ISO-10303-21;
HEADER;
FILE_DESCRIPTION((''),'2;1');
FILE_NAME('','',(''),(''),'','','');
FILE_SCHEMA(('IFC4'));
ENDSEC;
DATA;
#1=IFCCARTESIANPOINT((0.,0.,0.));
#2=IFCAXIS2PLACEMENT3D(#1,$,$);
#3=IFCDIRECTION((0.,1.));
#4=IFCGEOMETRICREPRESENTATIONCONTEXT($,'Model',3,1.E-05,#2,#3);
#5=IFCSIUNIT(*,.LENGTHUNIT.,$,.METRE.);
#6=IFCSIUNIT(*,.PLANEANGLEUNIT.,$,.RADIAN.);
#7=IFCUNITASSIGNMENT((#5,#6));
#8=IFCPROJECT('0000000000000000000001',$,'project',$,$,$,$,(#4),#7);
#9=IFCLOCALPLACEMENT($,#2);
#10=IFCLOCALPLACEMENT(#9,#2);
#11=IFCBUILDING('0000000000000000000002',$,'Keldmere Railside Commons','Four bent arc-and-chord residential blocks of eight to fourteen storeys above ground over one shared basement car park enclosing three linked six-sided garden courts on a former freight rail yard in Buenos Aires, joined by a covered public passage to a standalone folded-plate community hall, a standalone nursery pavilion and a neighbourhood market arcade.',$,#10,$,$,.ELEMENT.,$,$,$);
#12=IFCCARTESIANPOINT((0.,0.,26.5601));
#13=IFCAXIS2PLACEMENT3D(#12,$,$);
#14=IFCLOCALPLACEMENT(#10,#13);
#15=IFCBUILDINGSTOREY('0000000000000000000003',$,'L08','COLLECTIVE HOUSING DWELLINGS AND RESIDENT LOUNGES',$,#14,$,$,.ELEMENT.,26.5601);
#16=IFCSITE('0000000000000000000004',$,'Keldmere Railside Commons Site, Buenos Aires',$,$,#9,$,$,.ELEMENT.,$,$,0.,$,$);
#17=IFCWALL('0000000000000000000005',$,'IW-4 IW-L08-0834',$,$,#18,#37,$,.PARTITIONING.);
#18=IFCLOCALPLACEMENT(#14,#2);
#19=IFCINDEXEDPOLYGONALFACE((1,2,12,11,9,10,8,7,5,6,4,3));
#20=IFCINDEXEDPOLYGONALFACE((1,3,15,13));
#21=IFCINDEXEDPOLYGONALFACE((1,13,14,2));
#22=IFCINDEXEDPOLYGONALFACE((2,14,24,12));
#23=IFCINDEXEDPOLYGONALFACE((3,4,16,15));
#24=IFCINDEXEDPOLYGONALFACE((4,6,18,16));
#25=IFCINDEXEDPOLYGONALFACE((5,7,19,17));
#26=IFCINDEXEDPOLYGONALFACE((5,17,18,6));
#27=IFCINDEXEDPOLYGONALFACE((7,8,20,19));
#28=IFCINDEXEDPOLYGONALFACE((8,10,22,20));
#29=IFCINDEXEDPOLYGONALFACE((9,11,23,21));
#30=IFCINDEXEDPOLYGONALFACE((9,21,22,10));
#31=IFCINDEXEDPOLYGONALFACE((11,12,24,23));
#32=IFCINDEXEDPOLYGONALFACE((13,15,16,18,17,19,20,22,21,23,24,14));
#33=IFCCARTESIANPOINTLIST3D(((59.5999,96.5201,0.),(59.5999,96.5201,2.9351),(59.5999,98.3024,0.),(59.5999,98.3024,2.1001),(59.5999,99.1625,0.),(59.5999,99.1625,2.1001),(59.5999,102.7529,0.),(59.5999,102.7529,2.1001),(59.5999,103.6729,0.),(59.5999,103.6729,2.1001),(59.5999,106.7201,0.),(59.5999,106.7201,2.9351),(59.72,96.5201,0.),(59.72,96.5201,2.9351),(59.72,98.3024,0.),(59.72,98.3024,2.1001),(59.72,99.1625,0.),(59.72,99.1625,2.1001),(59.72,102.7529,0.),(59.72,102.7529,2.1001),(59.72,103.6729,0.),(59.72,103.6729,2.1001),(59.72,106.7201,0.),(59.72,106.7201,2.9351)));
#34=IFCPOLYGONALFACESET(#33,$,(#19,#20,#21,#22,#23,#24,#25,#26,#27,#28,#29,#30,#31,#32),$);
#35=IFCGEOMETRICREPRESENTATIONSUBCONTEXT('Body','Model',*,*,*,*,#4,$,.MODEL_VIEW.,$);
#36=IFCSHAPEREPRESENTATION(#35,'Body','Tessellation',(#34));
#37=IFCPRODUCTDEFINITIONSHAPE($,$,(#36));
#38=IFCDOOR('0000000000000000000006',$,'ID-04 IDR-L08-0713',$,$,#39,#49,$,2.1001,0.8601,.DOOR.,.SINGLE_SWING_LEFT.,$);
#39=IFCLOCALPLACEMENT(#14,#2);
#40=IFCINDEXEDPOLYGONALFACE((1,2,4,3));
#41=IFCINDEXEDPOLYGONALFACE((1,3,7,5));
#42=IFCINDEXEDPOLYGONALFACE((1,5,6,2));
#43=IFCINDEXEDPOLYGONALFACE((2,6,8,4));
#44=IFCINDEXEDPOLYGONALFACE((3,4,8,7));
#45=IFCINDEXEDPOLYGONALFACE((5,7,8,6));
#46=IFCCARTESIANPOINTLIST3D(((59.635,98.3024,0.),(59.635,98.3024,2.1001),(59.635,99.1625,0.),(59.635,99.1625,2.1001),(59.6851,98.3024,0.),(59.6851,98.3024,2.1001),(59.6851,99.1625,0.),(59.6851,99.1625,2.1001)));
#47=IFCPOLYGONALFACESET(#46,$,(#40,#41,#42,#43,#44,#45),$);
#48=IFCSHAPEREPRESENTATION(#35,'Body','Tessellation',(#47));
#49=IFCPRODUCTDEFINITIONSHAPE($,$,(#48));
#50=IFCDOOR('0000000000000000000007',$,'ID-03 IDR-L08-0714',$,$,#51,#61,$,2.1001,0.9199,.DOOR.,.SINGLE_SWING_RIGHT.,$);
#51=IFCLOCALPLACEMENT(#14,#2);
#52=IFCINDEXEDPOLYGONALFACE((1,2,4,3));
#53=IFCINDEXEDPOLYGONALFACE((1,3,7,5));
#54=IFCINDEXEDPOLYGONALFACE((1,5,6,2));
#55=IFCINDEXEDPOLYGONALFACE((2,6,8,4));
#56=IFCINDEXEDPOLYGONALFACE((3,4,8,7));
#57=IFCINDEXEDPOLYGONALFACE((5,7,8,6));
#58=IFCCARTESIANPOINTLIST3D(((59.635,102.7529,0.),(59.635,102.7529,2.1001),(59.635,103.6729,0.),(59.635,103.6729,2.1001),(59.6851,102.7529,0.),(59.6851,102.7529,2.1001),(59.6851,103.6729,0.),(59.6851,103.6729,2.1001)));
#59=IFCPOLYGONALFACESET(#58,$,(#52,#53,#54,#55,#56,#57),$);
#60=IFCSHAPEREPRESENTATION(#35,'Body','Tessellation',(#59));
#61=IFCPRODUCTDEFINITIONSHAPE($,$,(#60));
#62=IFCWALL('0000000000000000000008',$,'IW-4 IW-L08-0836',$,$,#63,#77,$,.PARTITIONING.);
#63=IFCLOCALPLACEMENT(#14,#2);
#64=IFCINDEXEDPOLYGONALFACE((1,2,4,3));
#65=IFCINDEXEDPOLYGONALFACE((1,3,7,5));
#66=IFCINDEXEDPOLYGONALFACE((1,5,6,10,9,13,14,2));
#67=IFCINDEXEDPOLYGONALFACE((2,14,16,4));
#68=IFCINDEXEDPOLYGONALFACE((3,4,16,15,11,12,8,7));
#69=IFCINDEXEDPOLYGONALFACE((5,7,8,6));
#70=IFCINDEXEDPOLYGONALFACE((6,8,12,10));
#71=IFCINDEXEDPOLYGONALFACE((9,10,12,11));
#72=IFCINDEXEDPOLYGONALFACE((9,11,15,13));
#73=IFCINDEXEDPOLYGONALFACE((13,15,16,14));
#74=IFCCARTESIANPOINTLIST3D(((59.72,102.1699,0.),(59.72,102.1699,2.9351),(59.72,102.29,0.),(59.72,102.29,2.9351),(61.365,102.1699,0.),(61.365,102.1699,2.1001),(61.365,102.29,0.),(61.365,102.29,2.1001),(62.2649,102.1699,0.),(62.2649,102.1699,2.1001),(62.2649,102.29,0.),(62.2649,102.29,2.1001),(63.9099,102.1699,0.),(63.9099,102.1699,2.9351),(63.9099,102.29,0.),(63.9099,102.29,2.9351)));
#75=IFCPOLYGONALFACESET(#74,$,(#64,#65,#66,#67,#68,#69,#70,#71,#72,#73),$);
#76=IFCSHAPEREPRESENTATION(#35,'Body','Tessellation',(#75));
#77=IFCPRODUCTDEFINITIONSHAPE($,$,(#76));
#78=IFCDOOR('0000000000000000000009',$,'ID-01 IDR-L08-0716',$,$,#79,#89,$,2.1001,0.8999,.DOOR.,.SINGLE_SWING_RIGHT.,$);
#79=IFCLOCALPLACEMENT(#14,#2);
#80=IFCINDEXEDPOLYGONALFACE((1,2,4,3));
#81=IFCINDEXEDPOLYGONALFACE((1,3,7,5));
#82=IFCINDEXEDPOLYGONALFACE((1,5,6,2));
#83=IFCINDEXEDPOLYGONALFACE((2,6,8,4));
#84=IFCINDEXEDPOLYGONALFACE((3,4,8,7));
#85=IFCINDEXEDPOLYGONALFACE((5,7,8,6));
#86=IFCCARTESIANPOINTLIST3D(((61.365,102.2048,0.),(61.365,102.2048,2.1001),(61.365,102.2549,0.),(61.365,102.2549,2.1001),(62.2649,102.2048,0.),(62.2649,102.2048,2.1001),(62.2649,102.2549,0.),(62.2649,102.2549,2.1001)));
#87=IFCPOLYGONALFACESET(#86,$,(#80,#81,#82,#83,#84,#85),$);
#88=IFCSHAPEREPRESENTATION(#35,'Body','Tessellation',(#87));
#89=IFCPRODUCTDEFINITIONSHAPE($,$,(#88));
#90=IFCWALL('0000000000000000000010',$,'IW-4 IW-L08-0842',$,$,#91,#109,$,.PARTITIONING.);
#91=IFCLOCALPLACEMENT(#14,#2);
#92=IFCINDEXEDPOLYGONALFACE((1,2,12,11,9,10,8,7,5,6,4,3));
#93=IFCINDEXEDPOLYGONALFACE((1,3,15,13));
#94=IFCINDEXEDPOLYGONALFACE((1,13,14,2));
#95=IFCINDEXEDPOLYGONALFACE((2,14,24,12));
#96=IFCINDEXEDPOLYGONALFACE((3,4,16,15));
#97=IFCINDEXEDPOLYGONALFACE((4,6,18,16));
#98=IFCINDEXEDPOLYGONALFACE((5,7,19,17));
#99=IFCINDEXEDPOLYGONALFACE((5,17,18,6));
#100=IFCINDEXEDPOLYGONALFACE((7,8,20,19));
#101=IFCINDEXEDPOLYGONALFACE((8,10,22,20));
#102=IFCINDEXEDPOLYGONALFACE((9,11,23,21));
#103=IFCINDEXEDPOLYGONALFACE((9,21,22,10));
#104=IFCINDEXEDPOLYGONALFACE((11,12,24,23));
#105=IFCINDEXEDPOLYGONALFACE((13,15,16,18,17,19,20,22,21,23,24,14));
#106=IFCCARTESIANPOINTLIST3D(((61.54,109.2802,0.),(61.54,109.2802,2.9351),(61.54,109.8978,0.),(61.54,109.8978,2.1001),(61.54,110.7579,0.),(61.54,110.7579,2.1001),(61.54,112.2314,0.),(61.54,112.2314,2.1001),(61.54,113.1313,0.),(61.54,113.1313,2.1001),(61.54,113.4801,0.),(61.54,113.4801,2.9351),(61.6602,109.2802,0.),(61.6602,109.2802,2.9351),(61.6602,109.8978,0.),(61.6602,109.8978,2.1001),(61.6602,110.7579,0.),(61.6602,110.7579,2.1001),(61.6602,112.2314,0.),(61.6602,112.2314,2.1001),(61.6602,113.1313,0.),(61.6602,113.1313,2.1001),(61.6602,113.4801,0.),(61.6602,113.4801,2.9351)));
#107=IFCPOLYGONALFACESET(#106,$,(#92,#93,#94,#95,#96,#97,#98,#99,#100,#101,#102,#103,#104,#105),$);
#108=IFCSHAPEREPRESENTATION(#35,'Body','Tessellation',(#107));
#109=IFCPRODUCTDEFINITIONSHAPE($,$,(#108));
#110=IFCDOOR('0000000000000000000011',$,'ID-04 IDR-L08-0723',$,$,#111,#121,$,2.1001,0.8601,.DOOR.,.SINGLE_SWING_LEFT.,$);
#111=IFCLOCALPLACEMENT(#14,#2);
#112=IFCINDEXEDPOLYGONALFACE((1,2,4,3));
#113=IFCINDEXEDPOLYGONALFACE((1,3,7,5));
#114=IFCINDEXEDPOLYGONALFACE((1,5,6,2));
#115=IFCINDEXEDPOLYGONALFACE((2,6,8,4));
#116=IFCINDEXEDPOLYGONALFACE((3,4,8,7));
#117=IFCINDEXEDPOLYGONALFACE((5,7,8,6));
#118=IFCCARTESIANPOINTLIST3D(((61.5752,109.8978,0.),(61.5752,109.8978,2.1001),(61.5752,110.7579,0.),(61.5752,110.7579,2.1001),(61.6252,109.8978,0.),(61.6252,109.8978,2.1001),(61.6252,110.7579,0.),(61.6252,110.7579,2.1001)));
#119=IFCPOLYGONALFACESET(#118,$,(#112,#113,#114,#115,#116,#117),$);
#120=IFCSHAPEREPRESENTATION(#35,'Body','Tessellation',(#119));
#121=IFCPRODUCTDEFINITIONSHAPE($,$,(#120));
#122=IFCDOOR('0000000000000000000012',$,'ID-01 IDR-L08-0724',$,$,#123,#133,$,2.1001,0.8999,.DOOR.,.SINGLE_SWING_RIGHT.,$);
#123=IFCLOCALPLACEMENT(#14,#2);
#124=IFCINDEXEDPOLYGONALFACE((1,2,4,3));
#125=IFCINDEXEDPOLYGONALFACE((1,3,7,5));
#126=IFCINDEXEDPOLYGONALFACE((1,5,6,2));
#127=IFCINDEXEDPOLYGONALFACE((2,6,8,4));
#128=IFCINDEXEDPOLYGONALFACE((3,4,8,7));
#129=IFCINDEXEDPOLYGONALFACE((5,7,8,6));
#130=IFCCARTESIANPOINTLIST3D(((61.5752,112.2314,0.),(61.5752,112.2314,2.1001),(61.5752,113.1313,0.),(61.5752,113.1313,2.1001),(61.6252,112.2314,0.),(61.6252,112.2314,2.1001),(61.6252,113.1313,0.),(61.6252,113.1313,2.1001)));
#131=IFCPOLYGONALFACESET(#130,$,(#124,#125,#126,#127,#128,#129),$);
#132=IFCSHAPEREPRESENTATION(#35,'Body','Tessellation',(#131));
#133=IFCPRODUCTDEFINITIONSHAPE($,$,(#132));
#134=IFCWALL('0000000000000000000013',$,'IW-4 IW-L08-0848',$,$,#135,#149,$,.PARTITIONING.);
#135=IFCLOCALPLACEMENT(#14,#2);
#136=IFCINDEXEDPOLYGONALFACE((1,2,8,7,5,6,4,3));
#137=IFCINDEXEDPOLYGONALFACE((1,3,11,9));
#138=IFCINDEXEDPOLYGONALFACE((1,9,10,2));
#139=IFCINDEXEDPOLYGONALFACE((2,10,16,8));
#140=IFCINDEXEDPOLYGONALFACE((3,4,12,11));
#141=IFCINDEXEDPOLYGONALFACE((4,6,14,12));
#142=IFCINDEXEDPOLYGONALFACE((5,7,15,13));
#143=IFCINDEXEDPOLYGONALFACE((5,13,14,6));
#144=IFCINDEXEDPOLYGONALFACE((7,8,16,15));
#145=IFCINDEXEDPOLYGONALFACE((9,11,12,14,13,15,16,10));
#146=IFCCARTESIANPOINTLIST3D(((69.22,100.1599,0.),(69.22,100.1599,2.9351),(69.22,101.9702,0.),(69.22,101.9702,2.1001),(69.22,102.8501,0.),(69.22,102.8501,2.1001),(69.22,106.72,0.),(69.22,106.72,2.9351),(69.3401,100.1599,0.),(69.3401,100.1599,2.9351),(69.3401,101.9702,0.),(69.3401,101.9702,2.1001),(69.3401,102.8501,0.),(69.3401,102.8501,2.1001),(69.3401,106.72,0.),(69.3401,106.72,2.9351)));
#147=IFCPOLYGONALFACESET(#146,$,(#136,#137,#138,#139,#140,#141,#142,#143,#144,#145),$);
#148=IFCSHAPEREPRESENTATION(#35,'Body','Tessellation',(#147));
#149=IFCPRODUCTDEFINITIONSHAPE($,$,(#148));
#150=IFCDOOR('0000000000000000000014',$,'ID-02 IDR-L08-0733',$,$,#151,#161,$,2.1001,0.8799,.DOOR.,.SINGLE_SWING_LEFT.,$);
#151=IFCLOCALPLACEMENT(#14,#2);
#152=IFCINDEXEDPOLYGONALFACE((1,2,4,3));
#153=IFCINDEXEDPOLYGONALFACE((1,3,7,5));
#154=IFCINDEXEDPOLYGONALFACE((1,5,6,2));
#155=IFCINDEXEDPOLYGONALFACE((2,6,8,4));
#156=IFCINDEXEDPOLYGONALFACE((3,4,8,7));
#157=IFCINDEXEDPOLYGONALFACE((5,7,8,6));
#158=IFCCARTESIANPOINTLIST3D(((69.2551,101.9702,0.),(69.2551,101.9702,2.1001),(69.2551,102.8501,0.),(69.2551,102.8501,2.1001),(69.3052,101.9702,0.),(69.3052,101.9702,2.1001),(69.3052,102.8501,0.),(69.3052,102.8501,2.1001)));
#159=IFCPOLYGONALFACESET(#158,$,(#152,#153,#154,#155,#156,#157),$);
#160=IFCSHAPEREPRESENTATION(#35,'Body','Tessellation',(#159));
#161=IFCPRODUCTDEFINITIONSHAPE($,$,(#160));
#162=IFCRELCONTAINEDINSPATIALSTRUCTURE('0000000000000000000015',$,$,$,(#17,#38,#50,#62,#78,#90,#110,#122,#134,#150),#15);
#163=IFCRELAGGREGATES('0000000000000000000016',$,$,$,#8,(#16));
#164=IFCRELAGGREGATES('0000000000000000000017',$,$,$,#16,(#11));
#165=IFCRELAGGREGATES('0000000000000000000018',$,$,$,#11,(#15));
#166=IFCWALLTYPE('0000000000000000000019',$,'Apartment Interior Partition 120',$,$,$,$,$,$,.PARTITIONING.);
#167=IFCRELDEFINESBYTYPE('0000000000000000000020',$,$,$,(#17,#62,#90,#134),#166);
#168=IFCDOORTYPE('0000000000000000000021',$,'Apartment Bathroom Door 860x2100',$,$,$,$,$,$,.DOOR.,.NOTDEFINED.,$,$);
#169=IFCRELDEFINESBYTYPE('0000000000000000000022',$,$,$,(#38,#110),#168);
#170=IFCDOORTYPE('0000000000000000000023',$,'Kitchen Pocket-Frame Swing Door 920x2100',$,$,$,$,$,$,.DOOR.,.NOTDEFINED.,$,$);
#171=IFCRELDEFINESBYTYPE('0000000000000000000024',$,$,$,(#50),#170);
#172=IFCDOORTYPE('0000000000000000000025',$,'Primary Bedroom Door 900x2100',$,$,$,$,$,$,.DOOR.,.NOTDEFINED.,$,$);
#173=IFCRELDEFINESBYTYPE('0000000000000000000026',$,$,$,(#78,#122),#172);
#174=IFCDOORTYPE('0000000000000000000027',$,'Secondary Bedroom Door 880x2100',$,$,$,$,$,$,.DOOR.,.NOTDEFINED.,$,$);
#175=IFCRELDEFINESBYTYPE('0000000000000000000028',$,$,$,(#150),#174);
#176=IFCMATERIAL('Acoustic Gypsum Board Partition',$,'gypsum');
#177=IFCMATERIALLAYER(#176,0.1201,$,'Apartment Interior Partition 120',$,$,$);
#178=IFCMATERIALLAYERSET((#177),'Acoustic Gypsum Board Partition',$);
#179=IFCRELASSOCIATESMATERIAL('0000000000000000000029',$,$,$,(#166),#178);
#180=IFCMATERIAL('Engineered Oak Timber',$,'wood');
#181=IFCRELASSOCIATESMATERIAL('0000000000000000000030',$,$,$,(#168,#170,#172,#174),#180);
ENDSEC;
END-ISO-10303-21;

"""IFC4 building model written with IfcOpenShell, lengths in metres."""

from ifc_helpers import new_model, si_unit, direction, frame, frame_2d, origin, place, context, subcontext, project, spatial, rectangle, extrude, material, layer, layer_set, type_object, element, fill, save


model = new_model("IFC4")

# Units and contexts
model_context = context("Model", 3, precision=1e-05, world=origin(), true_north=direction((0.0, 1.0)))
body_context = subcontext(model_context, "Body", "Model", "MODEL_VIEW")
ifc_project = project(units=[si_unit("LENGTHUNIT", "METRE"), si_unit("PLANEANGLEUNIT", "RADIAN")], contexts=[model_context])

# Site, building, storey
site_placement = place(None, origin())
site = spatial("IfcSite", under=ifc_project, at=site_placement, Name="Keldmere Railside Commons Site, Buenos Aires", CompositionType="ELEMENT", RefElevation=0.0)
building_placement = place(site_placement, origin())
building = spatial("IfcBuilding", under=site, at=building_placement, Name="Keldmere Railside Commons", Description="Four bent arc-and-chord residential blocks of eight to fourteen storeys above ground over one shared basement car park enclosing three linked six-sided garden courts on a former freight rail yard in Buenos Aires, joined by a covered public passage to a standalone folded-plate community hall, a standalone nursery pavilion and a neighbourhood market arcade.", CompositionType="ELEMENT")
storey_placement = place(building_placement, frame((0.0, 0.0, 26.5601)))
storey = spatial("IfcBuildingStorey", under=building, at=storey_placement, Name="L08", Description="COLLECTIVE HOUSING DWELLINGS AND RESIDENT LOUNGES", CompositionType="ELEMENT", Elevation=26.5601)

# Shared definitions
ifc_material_1 = material(Name="Acoustic Gypsum Board Partition", Category="gypsum")

# Wall, openings, doors
ifc_layer_1 = layer(ifc_material_1, 0.1201, Name="Apartment Interior Partition 120")
ifc_layer_set_1 = layer_set([ifc_layer_1], Name="Acoustic Gypsum Board Partition")
wall_type_1 = type_object("IfcWallType", Name="Apartment Interior Partition 120", PredefinedType="PARTITIONING", material=ifc_layer_set_1)
wall_1_placement = place(storey_placement, frame((59.6599, 96.52, 0.0), z_axis=(0.0, 0.0, 1.0), x_axis=(0.0, 1.0, 0.0)))
wall_1 = element("IfcWall", 1, at=wall_1_placement, inside=storey, type_object=wall_type_1, Name="IW-4 IW-L08-0834", PredefinedType="PARTITIONING", context=body_context, shape_type="SweptSolid", body=[
    extrude(rectangle(XDim=10.2, YDim=0.1201, at=frame_2d((5.1001, 0.0))), origin(), (0.0, 0.0, 1.0), 2.9351),
])
opening_1_placement = place(wall_1_placement, frame((1.7822, 0.0, 0.0)))
opening_1 = element("IfcOpeningElement", 2, at=opening_1_placement, cuts=wall_1, PredefinedType="OPENING", context=body_context, shape_type="SweptSolid", body=[
    extrude(rectangle(XDim=0.8601, YDim=2.1001, at=frame_2d((0.4302, 1.05))), frame((0.0, 0.0701, 0.0), z_axis=(0.0, -1.0, 0.0), x_axis=(1.0, 0.0, 0.0)), (0.0, 0.0, 1.0), 0.1401),
])
opening_2_placement = place(wall_1_placement, frame((6.2329, 0.0, 0.0)))
opening_2 = element("IfcOpeningElement", 3, at=opening_2_placement, cuts=wall_1, PredefinedType="OPENING", context=body_context, shape_type="SweptSolid", body=[
    extrude(rectangle(XDim=0.9199, YDim=2.1001, at=frame_2d((0.46, 1.05))), frame((0.0, 0.0701, 0.0), z_axis=(0.0, -1.0, 0.0), x_axis=(1.0, 0.0, 0.0)), (0.0, 0.0, 1.0), 0.1401),
])
ifc_material_2 = material(Name="Engineered Oak Timber", Category="wood")
door_type_1 = type_object("IfcDoorType", Name="Apartment Bathroom Door 860x2100", OperationType="NOTDEFINED", PredefinedType="DOOR", material=ifc_material_2)
door_1_placement = place(opening_1_placement, origin())
door_1 = element("IfcDoor", 4, at=door_1_placement, inside=storey, type_object=door_type_1, Name="ID-04 IDR-L08-0713", OperationType="SINGLE_SWING_LEFT", OverallHeight=2.1001, OverallWidth=0.8601, PredefinedType="DOOR", context=body_context, shape_type="SweptSolid", body=[
    extrude(rectangle(XDim=0.8601, YDim=2.1001, at=frame_2d((0.4302, 1.05))), frame((0.0, 0.0249, 0.0), z_axis=(0.0, -1.0, 0.0), x_axis=(1.0, 0.0, 0.0)), (0.0, 0.0, 1.0), 0.05),
])
fill(opening_1, door_1)
door_type_2 = type_object("IfcDoorType", Name="Kitchen Pocket-Frame Swing Door 920x2100", OperationType="NOTDEFINED", PredefinedType="DOOR", material=ifc_material_2)
door_2_placement = place(opening_2_placement, origin())
door_2 = element("IfcDoor", 5, at=door_2_placement, inside=storey, type_object=door_type_2, Name="ID-03 IDR-L08-0714", OperationType="SINGLE_SWING_RIGHT", OverallHeight=2.1001, OverallWidth=0.9199, PredefinedType="DOOR", context=body_context, shape_type="SweptSolid", body=[
    extrude(rectangle(XDim=0.9199, YDim=2.1001, at=frame_2d((0.46, 1.05))), frame((0.0, 0.0249, 0.0), z_axis=(0.0, -1.0, 0.0), x_axis=(1.0, 0.0, 0.0)), (0.0, 0.0, 1.0), 0.05),
])
fill(opening_2, door_2)

# Wall, opening, door
wall_2_placement = place(storey_placement, frame((59.72, 102.23, 0.0), z_axis=(0.0, 0.0, 1.0), x_axis=(1.0, 0.0, 0.0)))
wall_2 = element("IfcWall", 6, at=wall_2_placement, inside=storey, type_object=wall_type_1, Name="IW-4 IW-L08-0836", PredefinedType="PARTITIONING", context=body_context, shape_type="SweptSolid", body=[
    extrude(rectangle(XDim=4.1899, YDim=0.1201, at=frame_2d((2.095, 0.0))), origin(), (0.0, 0.0, 1.0), 2.9351),
])
opening_3_placement = place(wall_2_placement, frame((1.645, 0.0, 0.0)))
opening_3 = element("IfcOpeningElement", 7, at=opening_3_placement, cuts=wall_2, PredefinedType="OPENING", context=body_context, shape_type="SweptSolid", body=[
    extrude(rectangle(XDim=0.8999, YDim=2.1001, at=frame_2d((0.45, 1.05))), frame((0.0, 0.0701, 0.0), z_axis=(0.0, -1.0, 0.0), x_axis=(1.0, 0.0, 0.0)), (0.0, 0.0, 1.0), 0.1401),
])
door_type_3 = type_object("IfcDoorType", Name="Primary Bedroom Door 900x2100", OperationType="NOTDEFINED", PredefinedType="DOOR", material=ifc_material_2)
door_3_placement = place(opening_3_placement, origin())
door_3 = element("IfcDoor", 8, at=door_3_placement, inside=storey, type_object=door_type_3, Name="ID-01 IDR-L08-0716", OperationType="SINGLE_SWING_RIGHT", OverallHeight=2.1001, OverallWidth=0.8999, PredefinedType="DOOR", context=body_context, shape_type="SweptSolid", body=[
    extrude(rectangle(XDim=0.8999, YDim=2.1001, at=frame_2d((0.45, 1.05))), frame((0.0, 0.0249, 0.0), z_axis=(0.0, -1.0, 0.0), x_axis=(1.0, 0.0, 0.0)), (0.0, 0.0, 1.0), 0.05),
])
fill(opening_3, door_3)

# Wall, openings, doors
wall_3_placement = place(storey_placement, frame((61.6001, 109.28, 0.0), z_axis=(0.0, 0.0, 1.0), x_axis=(0.0, 1.0, 0.0)))
wall_3 = element("IfcWall", 9, at=wall_3_placement, inside=storey, type_object=wall_type_1, Name="IW-4 IW-L08-0842", PredefinedType="PARTITIONING", context=body_context, shape_type="SweptSolid", body=[
    extrude(rectangle(XDim=4.2, YDim=0.1201, at=frame_2d((2.1001, 0.0))), origin(), (0.0, 0.0, 1.0), 2.9351),
])
opening_4_placement = place(wall_3_placement, frame((0.6177, 0.0, 0.0)))
opening_4 = element("IfcOpeningElement", 10, at=opening_4_placement, cuts=wall_3, PredefinedType="OPENING", context=body_context, shape_type="SweptSolid", body=[
    extrude(rectangle(XDim=0.8601, YDim=2.1001, at=frame_2d((0.4302, 1.05))), frame((0.0, 0.0701, 0.0), z_axis=(0.0, -1.0, 0.0), x_axis=(1.0, 0.0, 0.0)), (0.0, 0.0, 1.0), 0.1401),
])
opening_5_placement = place(wall_3_placement, frame((2.9514, 0.0, 0.0)))
opening_5 = element("IfcOpeningElement", 11, at=opening_5_placement, cuts=wall_3, PredefinedType="OPENING", context=body_context, shape_type="SweptSolid", body=[
    extrude(rectangle(XDim=0.8999, YDim=2.1001, at=frame_2d((0.45, 1.05))), frame((0.0, 0.0701, 0.0), z_axis=(0.0, -1.0, 0.0), x_axis=(1.0, 0.0, 0.0)), (0.0, 0.0, 1.0), 0.1401),
])
door_4_placement = place(opening_4_placement, origin())
door_4 = element("IfcDoor", 12, at=door_4_placement, inside=storey, type_object=door_type_1, Name="ID-04 IDR-L08-0723", OperationType="SINGLE_SWING_LEFT", OverallHeight=2.1001, OverallWidth=0.8601, PredefinedType="DOOR", context=body_context, shape_type="SweptSolid", body=[
    extrude(rectangle(XDim=0.8601, YDim=2.1001, at=frame_2d((0.4302, 1.05))), frame((0.0, 0.0249, 0.0), z_axis=(0.0, -1.0, 0.0), x_axis=(1.0, 0.0, 0.0)), (0.0, 0.0, 1.0), 0.05),
])
fill(opening_4, door_4)
door_5_placement = place(opening_5_placement, origin())
door_5 = element("IfcDoor", 13, at=door_5_placement, inside=storey, type_object=door_type_3, Name="ID-01 IDR-L08-0724", OperationType="SINGLE_SWING_RIGHT", OverallHeight=2.1001, OverallWidth=0.8999, PredefinedType="DOOR", context=body_context, shape_type="SweptSolid", body=[
    extrude(rectangle(XDim=0.8999, YDim=2.1001, at=frame_2d((0.45, 1.05))), frame((0.0, 0.0249, 0.0), z_axis=(0.0, -1.0, 0.0), x_axis=(1.0, 0.0, 0.0)), (0.0, 0.0, 1.0), 0.05),
])
fill(opening_5, door_5)

# Wall, opening, door
wall_4_placement = place(storey_placement, frame((69.28, 100.1599, 0.0), z_axis=(0.0, 0.0, 1.0), x_axis=(0.0, 1.0, 0.0)))
wall_4 = element("IfcWall", 14, at=wall_4_placement, inside=storey, type_object=wall_type_1, Name="IW-4 IW-L08-0848", PredefinedType="PARTITIONING", context=body_context, shape_type="SweptSolid", body=[
    extrude(rectangle(XDim=6.5601, YDim=0.1201, at=frame_2d((3.28, 0.0))), origin(), (0.0, 0.0, 1.0), 2.9351),
])
opening_6_placement = place(wall_4_placement, frame((1.8103, 0.0, 0.0)))
opening_6 = element("IfcOpeningElement", 15, at=opening_6_placement, cuts=wall_4, PredefinedType="OPENING", context=body_context, shape_type="SweptSolid", body=[
    extrude(rectangle(XDim=0.8799, YDim=2.1001, at=frame_2d((0.4399, 1.05))), frame((0.0, 0.0701, 0.0), z_axis=(0.0, -1.0, 0.0), x_axis=(1.0, 0.0, 0.0)), (0.0, 0.0, 1.0), 0.1401),
])
door_type_4 = type_object("IfcDoorType", Name="Secondary Bedroom Door 880x2100", OperationType="NOTDEFINED", PredefinedType="DOOR", material=ifc_material_2)
door_6_placement = place(opening_6_placement, origin())
door_6 = element("IfcDoor", 16, at=door_6_placement, inside=storey, type_object=door_type_4, Name="ID-02 IDR-L08-0733", OperationType="SINGLE_SWING_LEFT", OverallHeight=2.1001, OverallWidth=0.8799, PredefinedType="DOOR", context=body_context, shape_type="SweptSolid", body=[
    extrude(rectangle(XDim=0.8799, YDim=2.1001, at=frame_2d((0.4399, 1.05))), frame((0.0, 0.0249, 0.0), z_axis=(0.0, -1.0, 0.0), x_axis=(1.0, 0.0, 0.0)), (0.0, 0.0, 1.0), 0.05),
])
fill(opening_6, door_6)

save(model, "model.ifc")
